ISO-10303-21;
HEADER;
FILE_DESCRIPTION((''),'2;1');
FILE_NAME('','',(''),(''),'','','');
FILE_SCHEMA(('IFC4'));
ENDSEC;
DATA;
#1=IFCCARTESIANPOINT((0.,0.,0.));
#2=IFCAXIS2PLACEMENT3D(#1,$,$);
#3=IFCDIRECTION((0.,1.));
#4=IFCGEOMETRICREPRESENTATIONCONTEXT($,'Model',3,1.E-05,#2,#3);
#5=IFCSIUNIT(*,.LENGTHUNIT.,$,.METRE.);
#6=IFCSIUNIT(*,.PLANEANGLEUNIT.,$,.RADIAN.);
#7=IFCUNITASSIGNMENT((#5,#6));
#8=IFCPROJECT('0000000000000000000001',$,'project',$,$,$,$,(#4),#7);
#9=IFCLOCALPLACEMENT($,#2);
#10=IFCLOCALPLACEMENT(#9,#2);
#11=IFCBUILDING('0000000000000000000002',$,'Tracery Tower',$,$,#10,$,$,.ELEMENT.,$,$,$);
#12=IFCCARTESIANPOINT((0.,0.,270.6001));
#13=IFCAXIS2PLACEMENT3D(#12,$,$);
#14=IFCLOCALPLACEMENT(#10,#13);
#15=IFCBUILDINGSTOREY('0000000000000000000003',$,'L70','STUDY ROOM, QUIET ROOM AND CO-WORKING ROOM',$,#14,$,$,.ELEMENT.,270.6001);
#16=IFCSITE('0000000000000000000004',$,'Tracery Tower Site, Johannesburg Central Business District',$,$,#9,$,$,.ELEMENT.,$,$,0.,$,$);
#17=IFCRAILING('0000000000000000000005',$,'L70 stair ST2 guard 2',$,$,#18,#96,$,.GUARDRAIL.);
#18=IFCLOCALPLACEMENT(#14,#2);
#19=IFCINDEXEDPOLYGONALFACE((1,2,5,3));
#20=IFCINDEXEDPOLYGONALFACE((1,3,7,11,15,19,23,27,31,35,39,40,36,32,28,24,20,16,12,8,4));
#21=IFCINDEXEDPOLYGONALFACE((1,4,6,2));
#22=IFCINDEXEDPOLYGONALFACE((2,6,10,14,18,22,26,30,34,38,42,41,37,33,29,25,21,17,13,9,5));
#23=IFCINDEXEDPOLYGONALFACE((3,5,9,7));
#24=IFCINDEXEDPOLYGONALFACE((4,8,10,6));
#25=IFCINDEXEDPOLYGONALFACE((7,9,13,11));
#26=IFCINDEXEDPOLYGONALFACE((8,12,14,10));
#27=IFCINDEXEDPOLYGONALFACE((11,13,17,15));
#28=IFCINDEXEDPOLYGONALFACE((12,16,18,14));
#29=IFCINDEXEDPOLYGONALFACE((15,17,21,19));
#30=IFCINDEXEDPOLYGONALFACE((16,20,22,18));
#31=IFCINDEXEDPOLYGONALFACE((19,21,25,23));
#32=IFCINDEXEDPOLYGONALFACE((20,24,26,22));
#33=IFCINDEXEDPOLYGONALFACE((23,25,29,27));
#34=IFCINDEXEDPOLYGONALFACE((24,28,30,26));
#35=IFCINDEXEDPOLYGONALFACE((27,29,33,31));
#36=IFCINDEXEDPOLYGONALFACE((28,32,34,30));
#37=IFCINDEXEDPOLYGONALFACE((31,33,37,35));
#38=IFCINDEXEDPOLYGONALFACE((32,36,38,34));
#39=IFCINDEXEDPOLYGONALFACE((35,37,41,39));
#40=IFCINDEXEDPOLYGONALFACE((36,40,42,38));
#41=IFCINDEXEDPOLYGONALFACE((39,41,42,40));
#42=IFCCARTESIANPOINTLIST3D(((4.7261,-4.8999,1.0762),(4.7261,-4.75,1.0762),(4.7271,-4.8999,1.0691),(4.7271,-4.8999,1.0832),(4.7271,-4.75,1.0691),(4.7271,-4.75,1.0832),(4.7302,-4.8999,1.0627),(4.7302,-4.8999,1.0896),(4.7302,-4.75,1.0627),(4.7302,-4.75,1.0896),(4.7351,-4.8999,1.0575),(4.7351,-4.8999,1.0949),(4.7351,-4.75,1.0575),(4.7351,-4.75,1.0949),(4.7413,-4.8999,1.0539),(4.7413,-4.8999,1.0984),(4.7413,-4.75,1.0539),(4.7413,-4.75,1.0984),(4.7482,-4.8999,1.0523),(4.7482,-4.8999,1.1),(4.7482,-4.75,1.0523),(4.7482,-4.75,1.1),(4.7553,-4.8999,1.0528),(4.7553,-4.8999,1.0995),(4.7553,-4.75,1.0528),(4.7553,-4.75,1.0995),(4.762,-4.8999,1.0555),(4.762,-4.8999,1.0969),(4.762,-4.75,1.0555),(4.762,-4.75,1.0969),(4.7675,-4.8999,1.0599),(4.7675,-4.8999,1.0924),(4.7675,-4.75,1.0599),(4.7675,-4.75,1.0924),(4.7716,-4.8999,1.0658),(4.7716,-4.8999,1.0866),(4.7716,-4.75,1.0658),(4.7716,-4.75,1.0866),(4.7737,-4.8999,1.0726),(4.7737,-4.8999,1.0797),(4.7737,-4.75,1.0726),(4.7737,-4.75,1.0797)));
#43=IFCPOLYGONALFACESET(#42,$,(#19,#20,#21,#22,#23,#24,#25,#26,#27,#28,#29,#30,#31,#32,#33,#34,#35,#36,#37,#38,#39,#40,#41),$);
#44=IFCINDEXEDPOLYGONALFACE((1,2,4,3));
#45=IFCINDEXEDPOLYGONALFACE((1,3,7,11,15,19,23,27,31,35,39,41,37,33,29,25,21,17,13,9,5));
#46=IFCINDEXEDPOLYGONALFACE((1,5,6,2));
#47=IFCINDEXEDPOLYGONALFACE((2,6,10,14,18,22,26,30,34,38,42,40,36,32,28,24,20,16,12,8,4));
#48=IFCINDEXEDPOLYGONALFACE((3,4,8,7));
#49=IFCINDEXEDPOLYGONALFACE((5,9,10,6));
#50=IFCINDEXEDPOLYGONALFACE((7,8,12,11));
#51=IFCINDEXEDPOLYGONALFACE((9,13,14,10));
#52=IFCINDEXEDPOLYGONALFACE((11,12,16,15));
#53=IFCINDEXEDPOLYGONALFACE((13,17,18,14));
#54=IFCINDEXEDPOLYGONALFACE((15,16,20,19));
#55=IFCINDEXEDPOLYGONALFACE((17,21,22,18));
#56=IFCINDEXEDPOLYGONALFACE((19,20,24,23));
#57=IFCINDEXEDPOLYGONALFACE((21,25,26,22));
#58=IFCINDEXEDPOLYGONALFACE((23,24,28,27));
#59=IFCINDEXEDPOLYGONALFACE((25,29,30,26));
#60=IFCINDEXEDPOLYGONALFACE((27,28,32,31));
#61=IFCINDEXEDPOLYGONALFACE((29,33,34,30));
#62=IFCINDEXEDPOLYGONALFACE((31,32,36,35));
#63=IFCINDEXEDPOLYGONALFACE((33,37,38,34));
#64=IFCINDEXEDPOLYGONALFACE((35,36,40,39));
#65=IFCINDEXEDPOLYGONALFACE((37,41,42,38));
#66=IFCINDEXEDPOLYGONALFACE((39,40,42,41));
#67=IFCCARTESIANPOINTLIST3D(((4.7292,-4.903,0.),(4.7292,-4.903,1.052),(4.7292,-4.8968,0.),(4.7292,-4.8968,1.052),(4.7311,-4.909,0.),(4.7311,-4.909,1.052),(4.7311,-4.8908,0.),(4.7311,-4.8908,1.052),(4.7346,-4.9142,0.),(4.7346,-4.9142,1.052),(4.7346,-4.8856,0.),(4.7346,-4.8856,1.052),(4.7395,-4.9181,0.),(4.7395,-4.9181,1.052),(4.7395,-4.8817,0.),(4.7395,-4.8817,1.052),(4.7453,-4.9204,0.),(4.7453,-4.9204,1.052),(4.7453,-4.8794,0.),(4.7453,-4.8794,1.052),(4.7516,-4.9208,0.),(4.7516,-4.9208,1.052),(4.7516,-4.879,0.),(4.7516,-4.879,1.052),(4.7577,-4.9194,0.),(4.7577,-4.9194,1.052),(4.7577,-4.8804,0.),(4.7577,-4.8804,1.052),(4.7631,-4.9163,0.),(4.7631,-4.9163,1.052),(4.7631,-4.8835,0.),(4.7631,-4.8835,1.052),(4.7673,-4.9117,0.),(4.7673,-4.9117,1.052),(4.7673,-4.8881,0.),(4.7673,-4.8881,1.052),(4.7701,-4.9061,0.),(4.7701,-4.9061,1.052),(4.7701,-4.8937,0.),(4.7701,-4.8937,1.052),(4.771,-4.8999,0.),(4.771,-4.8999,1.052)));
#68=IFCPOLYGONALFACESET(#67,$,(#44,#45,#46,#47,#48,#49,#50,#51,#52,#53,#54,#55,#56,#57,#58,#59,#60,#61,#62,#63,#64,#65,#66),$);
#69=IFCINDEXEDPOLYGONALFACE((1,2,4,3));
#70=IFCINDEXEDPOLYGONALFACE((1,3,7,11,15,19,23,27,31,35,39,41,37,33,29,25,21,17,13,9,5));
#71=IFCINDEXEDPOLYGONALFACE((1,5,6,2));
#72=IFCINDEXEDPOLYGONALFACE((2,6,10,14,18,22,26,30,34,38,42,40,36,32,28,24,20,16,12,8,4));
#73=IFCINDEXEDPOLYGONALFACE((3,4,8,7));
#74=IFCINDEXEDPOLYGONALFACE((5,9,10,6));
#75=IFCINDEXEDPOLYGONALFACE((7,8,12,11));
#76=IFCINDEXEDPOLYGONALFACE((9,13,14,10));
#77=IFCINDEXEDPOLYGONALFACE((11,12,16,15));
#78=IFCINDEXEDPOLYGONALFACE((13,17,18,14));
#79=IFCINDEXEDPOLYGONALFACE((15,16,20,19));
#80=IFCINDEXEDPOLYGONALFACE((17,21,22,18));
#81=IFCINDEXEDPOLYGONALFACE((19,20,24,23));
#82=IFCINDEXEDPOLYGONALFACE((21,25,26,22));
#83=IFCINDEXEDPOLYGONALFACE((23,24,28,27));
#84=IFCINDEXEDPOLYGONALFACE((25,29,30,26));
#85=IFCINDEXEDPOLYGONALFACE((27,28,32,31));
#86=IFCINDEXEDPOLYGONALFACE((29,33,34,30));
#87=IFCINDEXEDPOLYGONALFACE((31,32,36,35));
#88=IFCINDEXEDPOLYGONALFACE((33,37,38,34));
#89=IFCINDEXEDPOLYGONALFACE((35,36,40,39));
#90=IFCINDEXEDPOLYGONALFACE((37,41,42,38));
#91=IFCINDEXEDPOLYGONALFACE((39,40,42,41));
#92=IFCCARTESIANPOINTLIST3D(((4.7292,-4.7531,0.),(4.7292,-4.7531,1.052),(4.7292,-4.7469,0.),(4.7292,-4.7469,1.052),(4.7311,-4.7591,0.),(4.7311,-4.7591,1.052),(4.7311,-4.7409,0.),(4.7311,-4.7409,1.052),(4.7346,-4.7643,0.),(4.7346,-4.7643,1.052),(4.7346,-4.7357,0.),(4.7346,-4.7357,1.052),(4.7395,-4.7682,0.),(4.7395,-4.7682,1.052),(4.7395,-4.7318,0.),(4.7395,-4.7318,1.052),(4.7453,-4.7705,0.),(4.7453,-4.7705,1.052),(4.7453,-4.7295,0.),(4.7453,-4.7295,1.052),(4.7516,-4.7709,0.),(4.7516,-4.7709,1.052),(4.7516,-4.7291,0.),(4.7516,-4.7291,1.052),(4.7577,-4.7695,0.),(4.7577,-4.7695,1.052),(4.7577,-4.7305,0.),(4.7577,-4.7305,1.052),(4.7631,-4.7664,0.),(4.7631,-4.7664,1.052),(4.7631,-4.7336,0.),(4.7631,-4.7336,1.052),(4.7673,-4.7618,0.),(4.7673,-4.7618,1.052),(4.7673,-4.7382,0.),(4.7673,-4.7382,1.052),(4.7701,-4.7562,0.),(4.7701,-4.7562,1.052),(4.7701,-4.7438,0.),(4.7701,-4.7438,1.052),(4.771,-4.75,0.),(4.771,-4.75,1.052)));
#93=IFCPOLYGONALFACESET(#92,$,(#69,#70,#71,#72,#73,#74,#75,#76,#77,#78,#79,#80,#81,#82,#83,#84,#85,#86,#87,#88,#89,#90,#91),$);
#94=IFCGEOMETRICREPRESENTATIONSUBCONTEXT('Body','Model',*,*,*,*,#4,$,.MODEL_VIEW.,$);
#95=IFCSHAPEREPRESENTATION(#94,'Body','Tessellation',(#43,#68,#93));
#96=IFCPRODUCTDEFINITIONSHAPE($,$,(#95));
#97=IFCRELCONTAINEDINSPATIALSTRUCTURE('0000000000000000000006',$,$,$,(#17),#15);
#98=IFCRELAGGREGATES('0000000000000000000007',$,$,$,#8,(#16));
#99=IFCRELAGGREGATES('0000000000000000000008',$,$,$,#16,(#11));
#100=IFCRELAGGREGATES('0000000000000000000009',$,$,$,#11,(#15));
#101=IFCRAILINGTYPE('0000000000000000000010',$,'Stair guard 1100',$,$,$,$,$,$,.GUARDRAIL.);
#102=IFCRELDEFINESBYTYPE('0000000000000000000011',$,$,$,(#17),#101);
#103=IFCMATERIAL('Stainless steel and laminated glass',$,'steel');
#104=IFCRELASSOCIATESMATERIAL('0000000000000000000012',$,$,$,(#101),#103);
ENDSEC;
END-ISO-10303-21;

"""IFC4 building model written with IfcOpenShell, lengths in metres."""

from ifc_helpers import new_model, si_unit, direction, frame, origin, origin_2d, place, context, subcontext, project, spatial, circle, extrude, material, type_object, element, save


model = new_model("IFC4")

# Units and contexts
model_context = context("Model", 3, precision=1e-05, world=origin(), true_north=direction((0.0, 1.0)))
body_context = subcontext(model_context, "Body", "Model", "MODEL_VIEW")
ifc_project = project(units=[si_unit("LENGTHUNIT", "METRE"), si_unit("PLANEANGLEUNIT", "RADIAN")], contexts=[model_context])

# Site, building, storey
site_placement = place(None, origin())
site = spatial("IfcSite", under=ifc_project, at=site_placement, Name="Tracery Tower Site, Johannesburg Central Business District", CompositionType="ELEMENT", RefElevation=0.0)
building_placement = place(site_placement, origin())
building = spatial("IfcBuilding", under=site, at=building_placement, Name="Tracery Tower", CompositionType="ELEMENT")
storey_placement = place(building_placement, frame((0.0, 0.0, 270.6001)))
storey = spatial("IfcBuildingStorey", under=building, at=storey_placement, Name="L70", Description="STUDY ROOM, QUIET ROOM AND CO-WORKING ROOM", CompositionType="ELEMENT", Elevation=270.6001)

# Railing
ifc_material_1 = material(Name="Stainless steel and laminated glass", Category="steel")
railing_type_1 = type_object("IfcRailingType", Name="Stair guard 1100", PredefinedType="GUARDRAIL", material=ifc_material_1)
railing_1_placement = place(storey_placement, frame((4.75, -4.8999, 0.0)))
element("IfcRailing", 1, at=railing_1_placement, inside=storey, type_object=railing_type_1, Name="L70 stair ST2 guard 2", PredefinedType="GUARDRAIL", context=body_context, shape_type="SweptSolid", body=[
    extrude(circle(Radius=0.0239, at=origin_2d()), frame((0.0, 0.0, 1.0762), z_axis=(0.0, 1.0, 0.0), x_axis=(-1.0, 0.0, 0.0)), (0.0, 0.0, 1.0), 0.1499),
    extrude(circle(Radius=0.021, at=origin_2d()), origin(), (0.0, 0.0, 1.0), 1.052),
    extrude(circle(Radius=0.021, at=origin_2d()), frame((0.0, 0.1499, 0.0)), (0.0, 0.0, 1.0), 1.052),
])

save(model, "model.ifc")
